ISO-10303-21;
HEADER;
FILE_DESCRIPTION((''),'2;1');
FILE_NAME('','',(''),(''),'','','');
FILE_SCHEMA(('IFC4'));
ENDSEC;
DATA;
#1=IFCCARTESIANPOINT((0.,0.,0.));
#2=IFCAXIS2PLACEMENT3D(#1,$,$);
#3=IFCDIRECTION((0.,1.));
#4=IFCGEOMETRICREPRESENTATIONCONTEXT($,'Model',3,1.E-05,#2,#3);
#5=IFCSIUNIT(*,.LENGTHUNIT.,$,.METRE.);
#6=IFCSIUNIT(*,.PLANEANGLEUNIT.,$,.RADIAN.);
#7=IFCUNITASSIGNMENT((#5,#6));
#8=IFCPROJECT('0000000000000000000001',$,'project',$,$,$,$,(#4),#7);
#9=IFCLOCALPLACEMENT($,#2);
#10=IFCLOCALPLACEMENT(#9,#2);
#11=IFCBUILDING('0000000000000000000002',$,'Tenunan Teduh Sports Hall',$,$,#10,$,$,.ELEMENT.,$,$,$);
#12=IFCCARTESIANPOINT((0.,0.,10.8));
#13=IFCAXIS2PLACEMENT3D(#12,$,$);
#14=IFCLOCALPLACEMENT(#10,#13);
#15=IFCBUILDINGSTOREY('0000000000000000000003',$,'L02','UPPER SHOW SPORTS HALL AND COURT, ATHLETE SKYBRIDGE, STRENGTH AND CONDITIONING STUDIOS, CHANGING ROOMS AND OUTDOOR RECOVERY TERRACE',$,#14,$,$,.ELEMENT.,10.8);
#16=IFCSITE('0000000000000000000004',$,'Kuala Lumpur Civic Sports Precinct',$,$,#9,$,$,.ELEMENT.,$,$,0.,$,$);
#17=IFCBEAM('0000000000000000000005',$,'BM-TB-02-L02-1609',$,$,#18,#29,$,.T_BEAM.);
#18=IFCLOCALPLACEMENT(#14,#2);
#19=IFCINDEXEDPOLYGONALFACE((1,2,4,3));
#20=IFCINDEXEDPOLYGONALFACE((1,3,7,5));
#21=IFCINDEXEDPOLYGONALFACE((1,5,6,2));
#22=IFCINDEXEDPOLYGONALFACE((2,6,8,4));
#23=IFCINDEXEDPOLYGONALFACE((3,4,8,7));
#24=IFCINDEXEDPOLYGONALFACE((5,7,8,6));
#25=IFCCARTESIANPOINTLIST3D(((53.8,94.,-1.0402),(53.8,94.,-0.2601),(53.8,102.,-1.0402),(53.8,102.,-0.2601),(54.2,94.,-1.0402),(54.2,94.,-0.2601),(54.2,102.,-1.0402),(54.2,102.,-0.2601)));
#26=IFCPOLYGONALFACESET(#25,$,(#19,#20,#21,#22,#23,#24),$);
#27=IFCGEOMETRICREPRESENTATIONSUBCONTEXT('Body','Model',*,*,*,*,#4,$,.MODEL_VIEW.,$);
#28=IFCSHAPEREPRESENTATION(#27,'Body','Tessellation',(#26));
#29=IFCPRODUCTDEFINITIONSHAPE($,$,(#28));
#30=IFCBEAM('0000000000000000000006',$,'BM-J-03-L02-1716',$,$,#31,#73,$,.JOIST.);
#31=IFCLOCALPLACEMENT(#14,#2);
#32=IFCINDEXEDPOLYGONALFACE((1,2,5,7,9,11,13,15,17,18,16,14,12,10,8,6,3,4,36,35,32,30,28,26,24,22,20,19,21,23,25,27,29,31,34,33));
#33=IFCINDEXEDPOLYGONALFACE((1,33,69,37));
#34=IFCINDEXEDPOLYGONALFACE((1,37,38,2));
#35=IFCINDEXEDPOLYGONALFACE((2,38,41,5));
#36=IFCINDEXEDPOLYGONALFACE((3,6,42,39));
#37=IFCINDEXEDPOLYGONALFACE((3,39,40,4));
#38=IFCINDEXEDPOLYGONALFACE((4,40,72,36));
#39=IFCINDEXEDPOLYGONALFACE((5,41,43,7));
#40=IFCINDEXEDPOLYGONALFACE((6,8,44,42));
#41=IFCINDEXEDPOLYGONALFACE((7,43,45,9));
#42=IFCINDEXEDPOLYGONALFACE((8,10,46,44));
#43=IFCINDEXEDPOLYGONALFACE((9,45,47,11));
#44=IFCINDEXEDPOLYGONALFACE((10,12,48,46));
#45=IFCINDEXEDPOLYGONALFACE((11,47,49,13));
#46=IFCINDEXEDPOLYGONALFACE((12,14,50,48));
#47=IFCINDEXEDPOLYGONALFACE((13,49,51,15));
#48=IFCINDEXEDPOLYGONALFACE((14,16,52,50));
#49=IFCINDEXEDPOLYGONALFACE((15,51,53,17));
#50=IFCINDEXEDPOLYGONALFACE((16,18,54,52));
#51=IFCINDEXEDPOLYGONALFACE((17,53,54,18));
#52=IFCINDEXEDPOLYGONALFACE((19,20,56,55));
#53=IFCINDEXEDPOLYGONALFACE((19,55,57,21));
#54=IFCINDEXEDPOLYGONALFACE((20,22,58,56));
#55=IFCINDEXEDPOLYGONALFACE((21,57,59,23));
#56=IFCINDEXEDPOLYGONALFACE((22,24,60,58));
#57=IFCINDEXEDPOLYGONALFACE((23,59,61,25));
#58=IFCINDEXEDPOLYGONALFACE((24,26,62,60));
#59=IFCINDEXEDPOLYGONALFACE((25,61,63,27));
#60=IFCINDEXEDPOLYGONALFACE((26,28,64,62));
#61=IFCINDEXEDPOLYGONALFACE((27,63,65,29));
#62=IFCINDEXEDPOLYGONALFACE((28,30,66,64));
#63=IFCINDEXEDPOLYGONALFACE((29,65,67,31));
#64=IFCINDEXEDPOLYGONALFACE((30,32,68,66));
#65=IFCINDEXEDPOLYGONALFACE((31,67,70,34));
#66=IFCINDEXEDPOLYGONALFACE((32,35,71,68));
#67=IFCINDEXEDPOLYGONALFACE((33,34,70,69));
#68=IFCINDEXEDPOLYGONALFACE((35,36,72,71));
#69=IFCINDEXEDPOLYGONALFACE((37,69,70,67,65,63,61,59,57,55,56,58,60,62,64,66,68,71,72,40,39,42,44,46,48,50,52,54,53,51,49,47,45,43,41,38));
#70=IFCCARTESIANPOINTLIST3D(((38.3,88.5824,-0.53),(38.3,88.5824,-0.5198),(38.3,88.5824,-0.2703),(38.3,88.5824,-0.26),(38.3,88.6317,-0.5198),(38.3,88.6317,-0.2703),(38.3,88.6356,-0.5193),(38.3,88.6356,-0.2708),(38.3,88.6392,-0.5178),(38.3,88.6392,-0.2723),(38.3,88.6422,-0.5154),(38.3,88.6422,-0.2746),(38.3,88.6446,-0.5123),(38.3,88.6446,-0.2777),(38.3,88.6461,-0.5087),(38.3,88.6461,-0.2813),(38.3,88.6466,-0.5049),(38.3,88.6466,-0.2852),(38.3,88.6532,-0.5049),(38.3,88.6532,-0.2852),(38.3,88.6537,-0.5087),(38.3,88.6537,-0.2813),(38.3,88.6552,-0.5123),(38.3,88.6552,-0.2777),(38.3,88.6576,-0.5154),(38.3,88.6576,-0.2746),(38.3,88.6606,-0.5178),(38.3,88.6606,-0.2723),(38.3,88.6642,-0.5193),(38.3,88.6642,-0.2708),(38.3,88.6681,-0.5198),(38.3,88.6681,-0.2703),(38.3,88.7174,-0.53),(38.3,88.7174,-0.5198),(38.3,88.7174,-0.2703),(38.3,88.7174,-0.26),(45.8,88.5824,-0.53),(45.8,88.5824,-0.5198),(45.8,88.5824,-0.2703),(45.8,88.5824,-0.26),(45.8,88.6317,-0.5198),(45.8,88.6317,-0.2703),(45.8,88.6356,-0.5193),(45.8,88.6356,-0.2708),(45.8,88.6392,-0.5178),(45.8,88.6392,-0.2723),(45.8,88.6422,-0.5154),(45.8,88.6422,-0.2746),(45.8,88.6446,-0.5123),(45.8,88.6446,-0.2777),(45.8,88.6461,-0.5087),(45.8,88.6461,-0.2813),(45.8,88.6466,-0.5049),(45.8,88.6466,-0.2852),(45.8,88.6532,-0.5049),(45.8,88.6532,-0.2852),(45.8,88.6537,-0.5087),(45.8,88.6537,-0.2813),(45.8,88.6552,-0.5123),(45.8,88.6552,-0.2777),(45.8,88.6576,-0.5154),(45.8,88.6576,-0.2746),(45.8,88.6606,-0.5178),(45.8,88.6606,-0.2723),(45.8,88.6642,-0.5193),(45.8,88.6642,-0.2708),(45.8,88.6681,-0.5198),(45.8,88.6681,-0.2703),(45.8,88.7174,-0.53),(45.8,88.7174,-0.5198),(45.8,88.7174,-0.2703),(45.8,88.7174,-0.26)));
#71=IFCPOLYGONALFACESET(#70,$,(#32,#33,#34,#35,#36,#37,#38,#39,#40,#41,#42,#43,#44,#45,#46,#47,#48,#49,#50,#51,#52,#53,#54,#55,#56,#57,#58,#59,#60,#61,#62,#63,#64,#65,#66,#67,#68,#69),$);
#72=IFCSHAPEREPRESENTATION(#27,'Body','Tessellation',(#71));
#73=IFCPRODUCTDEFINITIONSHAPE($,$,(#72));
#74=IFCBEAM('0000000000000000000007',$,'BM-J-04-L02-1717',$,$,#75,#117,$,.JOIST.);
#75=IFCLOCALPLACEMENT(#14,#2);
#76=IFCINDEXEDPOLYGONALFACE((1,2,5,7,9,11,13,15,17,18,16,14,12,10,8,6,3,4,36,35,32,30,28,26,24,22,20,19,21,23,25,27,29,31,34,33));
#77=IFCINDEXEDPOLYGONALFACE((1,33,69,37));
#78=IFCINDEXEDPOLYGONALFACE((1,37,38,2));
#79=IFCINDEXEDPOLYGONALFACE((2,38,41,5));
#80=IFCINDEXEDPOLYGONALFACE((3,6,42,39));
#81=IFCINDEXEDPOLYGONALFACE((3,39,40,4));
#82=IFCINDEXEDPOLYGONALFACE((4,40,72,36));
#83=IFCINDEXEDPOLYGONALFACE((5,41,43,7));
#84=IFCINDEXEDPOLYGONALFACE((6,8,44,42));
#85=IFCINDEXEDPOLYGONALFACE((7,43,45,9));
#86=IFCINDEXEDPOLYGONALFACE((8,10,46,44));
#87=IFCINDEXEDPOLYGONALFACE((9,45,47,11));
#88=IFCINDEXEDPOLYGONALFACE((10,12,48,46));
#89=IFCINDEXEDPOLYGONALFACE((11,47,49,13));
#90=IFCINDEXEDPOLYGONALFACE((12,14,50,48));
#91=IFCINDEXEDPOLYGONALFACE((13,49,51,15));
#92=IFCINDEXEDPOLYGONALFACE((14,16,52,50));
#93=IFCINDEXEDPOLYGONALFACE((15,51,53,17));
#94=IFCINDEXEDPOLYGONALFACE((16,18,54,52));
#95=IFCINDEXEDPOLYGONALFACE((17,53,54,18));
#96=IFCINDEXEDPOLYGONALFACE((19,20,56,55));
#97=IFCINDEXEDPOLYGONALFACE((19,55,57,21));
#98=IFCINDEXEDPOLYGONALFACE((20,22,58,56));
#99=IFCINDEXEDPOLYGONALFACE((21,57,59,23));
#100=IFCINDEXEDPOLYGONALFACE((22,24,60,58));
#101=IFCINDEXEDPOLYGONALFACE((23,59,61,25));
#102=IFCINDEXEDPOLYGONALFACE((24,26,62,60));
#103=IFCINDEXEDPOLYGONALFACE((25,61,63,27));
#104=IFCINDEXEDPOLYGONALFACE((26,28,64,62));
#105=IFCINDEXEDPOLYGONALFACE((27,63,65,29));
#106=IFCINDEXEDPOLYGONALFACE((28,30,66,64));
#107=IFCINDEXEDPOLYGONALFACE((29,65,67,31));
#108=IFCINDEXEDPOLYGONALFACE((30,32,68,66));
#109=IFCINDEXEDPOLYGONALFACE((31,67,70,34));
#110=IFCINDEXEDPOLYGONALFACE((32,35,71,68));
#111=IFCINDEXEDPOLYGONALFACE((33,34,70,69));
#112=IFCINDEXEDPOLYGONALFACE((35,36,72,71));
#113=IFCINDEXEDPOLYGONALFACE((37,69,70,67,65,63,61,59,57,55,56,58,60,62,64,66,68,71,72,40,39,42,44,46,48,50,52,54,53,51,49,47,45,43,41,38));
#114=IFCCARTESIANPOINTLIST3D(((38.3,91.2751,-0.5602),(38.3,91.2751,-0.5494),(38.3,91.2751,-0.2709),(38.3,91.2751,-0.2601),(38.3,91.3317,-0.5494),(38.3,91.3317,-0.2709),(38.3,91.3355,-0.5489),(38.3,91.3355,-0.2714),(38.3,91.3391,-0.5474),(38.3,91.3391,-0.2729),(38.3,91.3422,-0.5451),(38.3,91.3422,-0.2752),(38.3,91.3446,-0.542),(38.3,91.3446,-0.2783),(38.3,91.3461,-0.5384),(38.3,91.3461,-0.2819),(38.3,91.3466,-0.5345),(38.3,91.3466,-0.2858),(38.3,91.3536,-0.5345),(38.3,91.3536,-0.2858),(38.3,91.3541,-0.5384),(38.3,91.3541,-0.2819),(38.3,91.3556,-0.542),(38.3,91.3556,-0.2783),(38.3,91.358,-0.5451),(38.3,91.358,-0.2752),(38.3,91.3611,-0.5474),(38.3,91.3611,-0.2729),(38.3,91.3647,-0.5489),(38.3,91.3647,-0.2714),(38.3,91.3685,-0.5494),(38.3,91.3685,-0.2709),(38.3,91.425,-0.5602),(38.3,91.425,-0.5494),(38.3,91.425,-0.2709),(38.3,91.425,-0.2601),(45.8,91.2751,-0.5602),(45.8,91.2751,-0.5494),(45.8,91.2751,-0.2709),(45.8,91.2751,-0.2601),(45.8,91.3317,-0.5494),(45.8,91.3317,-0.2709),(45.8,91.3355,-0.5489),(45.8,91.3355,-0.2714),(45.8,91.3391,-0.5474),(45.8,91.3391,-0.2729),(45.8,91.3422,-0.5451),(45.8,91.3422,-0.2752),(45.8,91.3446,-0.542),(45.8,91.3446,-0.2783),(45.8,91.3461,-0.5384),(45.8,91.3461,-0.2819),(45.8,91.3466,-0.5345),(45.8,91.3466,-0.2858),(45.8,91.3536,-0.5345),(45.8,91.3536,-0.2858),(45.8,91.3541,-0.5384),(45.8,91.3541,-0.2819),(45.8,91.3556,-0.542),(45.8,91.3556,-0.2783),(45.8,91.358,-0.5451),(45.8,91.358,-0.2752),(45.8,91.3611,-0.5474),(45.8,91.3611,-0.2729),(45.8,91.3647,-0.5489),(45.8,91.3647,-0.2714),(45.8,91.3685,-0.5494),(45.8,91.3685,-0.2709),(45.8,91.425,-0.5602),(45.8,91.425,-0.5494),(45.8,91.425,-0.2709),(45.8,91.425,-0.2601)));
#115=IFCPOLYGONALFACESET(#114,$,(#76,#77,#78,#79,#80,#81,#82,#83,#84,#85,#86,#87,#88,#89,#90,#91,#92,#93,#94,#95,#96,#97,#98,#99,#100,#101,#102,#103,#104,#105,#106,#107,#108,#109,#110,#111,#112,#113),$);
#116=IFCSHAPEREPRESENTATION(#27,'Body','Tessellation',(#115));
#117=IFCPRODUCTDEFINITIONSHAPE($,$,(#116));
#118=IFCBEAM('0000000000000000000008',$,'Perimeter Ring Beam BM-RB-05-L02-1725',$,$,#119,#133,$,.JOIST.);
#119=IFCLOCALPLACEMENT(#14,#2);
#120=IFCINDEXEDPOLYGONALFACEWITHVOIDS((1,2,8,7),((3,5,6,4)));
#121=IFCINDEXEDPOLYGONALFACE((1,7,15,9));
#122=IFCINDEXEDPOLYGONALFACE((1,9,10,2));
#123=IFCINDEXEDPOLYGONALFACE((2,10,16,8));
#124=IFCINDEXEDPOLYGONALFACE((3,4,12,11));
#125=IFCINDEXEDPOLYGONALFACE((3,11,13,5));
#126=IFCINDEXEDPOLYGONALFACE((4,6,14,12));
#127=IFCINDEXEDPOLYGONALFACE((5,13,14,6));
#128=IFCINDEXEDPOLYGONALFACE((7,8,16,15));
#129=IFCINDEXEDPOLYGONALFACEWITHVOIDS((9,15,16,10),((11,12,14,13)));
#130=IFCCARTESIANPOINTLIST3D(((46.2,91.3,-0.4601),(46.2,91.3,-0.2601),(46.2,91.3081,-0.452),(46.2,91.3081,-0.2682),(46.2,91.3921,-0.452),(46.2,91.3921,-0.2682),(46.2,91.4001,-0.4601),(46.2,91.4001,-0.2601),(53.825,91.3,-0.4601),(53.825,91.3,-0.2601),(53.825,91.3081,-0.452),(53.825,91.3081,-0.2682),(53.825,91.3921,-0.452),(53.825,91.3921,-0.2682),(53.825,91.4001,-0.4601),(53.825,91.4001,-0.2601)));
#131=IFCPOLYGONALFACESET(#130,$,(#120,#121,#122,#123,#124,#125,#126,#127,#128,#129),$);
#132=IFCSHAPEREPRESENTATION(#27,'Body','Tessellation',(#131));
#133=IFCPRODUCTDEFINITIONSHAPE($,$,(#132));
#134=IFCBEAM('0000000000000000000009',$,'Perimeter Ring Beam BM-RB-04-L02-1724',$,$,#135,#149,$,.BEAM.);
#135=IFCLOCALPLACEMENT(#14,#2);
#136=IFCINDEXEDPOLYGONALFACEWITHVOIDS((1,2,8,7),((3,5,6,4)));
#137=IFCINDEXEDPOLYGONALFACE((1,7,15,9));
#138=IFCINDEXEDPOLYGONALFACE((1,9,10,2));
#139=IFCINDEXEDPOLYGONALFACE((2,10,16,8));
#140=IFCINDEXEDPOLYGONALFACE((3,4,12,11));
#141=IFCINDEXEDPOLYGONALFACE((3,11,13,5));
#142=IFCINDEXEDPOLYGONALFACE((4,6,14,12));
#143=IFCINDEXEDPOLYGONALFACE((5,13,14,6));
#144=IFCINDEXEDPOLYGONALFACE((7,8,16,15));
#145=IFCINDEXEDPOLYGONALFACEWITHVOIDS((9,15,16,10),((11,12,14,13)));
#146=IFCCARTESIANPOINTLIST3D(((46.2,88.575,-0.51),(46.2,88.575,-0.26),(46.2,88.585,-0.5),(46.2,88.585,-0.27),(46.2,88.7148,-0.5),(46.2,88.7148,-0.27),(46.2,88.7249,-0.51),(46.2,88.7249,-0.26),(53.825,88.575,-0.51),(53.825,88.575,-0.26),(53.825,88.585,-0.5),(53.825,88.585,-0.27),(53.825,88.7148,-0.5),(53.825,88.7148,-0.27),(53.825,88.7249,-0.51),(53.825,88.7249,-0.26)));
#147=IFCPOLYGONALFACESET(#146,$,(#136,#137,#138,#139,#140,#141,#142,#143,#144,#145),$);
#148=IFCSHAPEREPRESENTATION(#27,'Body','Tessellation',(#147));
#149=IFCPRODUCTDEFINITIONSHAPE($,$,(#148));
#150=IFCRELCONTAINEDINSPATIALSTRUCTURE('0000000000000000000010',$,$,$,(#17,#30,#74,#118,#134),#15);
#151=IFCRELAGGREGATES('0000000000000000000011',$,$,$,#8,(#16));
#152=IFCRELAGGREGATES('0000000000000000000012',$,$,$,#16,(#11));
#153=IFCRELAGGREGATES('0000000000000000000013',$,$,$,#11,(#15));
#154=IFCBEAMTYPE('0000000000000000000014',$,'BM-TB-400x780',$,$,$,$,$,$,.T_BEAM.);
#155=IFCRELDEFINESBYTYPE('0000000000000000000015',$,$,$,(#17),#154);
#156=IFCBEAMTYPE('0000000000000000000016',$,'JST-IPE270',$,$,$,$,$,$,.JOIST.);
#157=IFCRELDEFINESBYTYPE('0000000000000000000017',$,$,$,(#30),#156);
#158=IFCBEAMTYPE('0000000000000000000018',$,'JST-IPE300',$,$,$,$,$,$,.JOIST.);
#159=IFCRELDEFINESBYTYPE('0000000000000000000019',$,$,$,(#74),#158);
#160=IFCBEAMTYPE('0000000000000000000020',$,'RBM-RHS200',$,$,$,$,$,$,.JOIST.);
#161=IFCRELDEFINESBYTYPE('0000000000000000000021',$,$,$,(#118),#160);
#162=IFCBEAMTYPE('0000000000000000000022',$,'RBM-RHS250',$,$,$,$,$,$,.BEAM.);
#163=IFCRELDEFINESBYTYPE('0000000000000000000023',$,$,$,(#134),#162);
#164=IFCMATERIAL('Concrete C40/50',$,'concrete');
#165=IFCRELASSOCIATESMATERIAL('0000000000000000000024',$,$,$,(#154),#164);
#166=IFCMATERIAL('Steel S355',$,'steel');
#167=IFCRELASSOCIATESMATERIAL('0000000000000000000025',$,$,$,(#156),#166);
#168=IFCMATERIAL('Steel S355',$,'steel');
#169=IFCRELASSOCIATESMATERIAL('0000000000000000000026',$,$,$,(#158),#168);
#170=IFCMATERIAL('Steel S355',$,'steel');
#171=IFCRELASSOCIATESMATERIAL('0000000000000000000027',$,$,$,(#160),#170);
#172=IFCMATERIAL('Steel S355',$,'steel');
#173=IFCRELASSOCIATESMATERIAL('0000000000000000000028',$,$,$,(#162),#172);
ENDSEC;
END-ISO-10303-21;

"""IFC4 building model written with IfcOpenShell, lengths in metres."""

from ifc_helpers import new_model, si_unit, direction, frame, origin, origin_2d, place, context, subcontext, project, spatial, rectangle, hollow_rectangle, i_section, extrude, material, material_profile, profile_set, type_object, element, save


model = new_model("IFC4")

# Units and contexts
model_context = context("Model", 3, precision=1e-05, world=origin(), true_north=direction((0.0, 1.0)))
body_context = subcontext(model_context, "Body", "Model", "MODEL_VIEW")
ifc_project = project(units=[si_unit("LENGTHUNIT", "METRE"), si_unit("PLANEANGLEUNIT", "RADIAN")], contexts=[model_context])

# Site, building, storey
site_placement = place(None, origin())
site = spatial("IfcSite", under=ifc_project, at=site_placement, Name="Kuala Lumpur Civic Sports Precinct", CompositionType="ELEMENT", RefElevation=0.0)
building_placement = place(site_placement, origin())
building = spatial("IfcBuilding", under=site, at=building_placement, Name="Tenunan Teduh Sports Hall", CompositionType="ELEMENT")
storey_placement = place(building_placement, frame((0.0, 0.0, 10.8)))
storey = spatial("IfcBuildingStorey", under=building, at=storey_placement, Name="L02", Description="UPPER SHOW SPORTS HALL AND COURT, ATHLETE SKYBRIDGE, STRENGTH AND CONDITIONING STUDIOS, CHANGING ROOMS AND OUTDOOR RECOVERY TERRACE", CompositionType="ELEMENT", Elevation=10.8)

# Beams
ifc_material_1 = material(Name="Concrete C40/50", Category="concrete")
ifc_material_profile_1 = material_profile(ifc_material_1, rectangle(XDim=0.3999, YDim=0.78, at=origin_2d()), Name="TB 400x780")
ifc_profile_set_1 = profile_set([ifc_material_profile_1], Name="Concrete C40/50")
beam_type_1 = type_object("IfcBeamType", Name="BM-TB-400x780", PredefinedType="T_BEAM", material=ifc_profile_set_1)
beam_1_placement = place(storey_placement, frame((54.0, 94.0, -0.6501), z_axis=(0.0, 1.0, 0.0), x_axis=(-1.0, 0.0, 0.0)))
element("IfcBeam", 1, at=beam_1_placement, inside=storey, type_object=beam_type_1, Name="BM-TB-02-L02-1609", PredefinedType="T_BEAM", context=body_context, shape_type="SweptSolid", body=[
    extrude(rectangle(XDim=0.3999, YDim=0.78, at=origin_2d()), origin(), (0.0, 0.0, 1.0), 8.0),
])
ifc_material_2 = material(Name="Steel S355", Category="steel")
ifc_material_profile_2 = material_profile(ifc_material_2, i_section(OverallWidth=0.135, OverallDepth=0.27, WebThickness=0.0066, FlangeThickness=0.0103, FilletRadius=0.0149, at=origin_2d()), Name="IPE 270")
ifc_profile_set_2 = profile_set([ifc_material_profile_2], Name="Steel S355")
beam_type_2 = type_object("IfcBeamType", Name="JST-IPE270", PredefinedType="JOIST", material=ifc_profile_set_2)
beam_2_placement = place(storey_placement, frame((38.3, 88.6499, -0.395), z_axis=(1.0, 0.0, 0.0), x_axis=(0.0, 1.0, 0.0)))
element("IfcBeam", 2, at=beam_2_placement, inside=storey, type_object=beam_type_2, Name="BM-J-03-L02-1716", PredefinedType="JOIST", context=body_context, shape_type="SweptSolid", body=[
    extrude(i_section(OverallWidth=0.135, OverallDepth=0.27, WebThickness=0.0066, FlangeThickness=0.0103, FilletRadius=0.0149, at=origin_2d()), origin(), (0.0, 0.0, 1.0), 7.5),
])
ifc_material_3 = material(Name="Steel S355", Category="steel")
ifc_material_profile_3 = material_profile(ifc_material_3, i_section(OverallWidth=0.1499, OverallDepth=0.3, WebThickness=0.0071, FlangeThickness=0.0107, FilletRadius=0.0149, at=origin_2d()), Name="IPE 300")
ifc_profile_set_3 = profile_set([ifc_material_profile_3], Name="Steel S355")
beam_type_3 = type_object("IfcBeamType", Name="JST-IPE300", PredefinedType="JOIST", material=ifc_profile_set_3)
beam_3_placement = place(storey_placement, frame((38.3, 91.3501, -0.4102), z_axis=(1.0, 0.0, 0.0), x_axis=(0.0, 1.0, 0.0)))
element("IfcBeam", 3, at=beam_3_placement, inside=storey, type_object=beam_type_3, Name="BM-J-04-L02-1717", PredefinedType="JOIST", context=body_context, shape_type="SweptSolid", body=[
    extrude(i_section(OverallWidth=0.1499, OverallDepth=0.3, WebThickness=0.0071, FlangeThickness=0.0107, FilletRadius=0.0149, at=origin_2d()), origin(), (0.0, 0.0, 1.0), 7.5),
])
ifc_material_4 = material(Name="Steel S355", Category="steel")
ifc_material_profile_4 = material_profile(ifc_material_4, hollow_rectangle(XDim=0.1001, YDim=0.2, WallThickness=0.0081, at=origin_2d()), Name="RHS 200x100x8.0")
ifc_profile_set_4 = profile_set([ifc_material_profile_4], Name="Steel S355")
beam_type_4 = type_object("IfcBeamType", Name="RBM-RHS200", PredefinedType="JOIST", material=ifc_profile_set_4)
beam_4_placement = place(storey_placement, frame((46.2, 91.3501, -0.3601), z_axis=(1.0, 0.0, 0.0), x_axis=(0.0, 1.0, 0.0)))
element("IfcBeam", 4, at=beam_4_placement, inside=storey, type_object=beam_type_4, Name="Perimeter Ring Beam BM-RB-05-L02-1725", PredefinedType="JOIST", context=body_context, shape_type="SweptSolid", body=[
    extrude(hollow_rectangle(XDim=0.1001, YDim=0.2, WallThickness=0.0081, at=origin_2d()), origin(), (0.0, 0.0, 1.0), 7.625),
])
ifc_material_5 = material(Name="Steel S355", Category="steel")
ifc_material_profile_5 = material_profile(ifc_material_5, hollow_rectangle(XDim=0.1499, YDim=0.25, WallThickness=0.01, at=origin_2d()), Name="RHS 250x150x10.0")
ifc_profile_set_5 = profile_set([ifc_material_profile_5], Name="Steel S355")
beam_type_5 = type_object("IfcBeamType", Name="RBM-RHS250", PredefinedType="BEAM", material=ifc_profile_set_5)
beam_5_placement = place(storey_placement, frame((46.2, 88.6499, -0.385), z_axis=(1.0, 0.0, 0.0), x_axis=(0.0, 1.0, 0.0)))
element("IfcBeam", 5, at=beam_5_placement, inside=storey, type_object=beam_type_5, Name="Perimeter Ring Beam BM-RB-04-L02-1724", PredefinedType="BEAM", context=body_context, shape_type="SweptSolid", body=[
    extrude(hollow_rectangle(XDim=0.1499, YDim=0.25, WallThickness=0.01, at=origin_2d()), origin(), (0.0, 0.0, 1.0), 7.625),
])

save(model, "model.ifc")
